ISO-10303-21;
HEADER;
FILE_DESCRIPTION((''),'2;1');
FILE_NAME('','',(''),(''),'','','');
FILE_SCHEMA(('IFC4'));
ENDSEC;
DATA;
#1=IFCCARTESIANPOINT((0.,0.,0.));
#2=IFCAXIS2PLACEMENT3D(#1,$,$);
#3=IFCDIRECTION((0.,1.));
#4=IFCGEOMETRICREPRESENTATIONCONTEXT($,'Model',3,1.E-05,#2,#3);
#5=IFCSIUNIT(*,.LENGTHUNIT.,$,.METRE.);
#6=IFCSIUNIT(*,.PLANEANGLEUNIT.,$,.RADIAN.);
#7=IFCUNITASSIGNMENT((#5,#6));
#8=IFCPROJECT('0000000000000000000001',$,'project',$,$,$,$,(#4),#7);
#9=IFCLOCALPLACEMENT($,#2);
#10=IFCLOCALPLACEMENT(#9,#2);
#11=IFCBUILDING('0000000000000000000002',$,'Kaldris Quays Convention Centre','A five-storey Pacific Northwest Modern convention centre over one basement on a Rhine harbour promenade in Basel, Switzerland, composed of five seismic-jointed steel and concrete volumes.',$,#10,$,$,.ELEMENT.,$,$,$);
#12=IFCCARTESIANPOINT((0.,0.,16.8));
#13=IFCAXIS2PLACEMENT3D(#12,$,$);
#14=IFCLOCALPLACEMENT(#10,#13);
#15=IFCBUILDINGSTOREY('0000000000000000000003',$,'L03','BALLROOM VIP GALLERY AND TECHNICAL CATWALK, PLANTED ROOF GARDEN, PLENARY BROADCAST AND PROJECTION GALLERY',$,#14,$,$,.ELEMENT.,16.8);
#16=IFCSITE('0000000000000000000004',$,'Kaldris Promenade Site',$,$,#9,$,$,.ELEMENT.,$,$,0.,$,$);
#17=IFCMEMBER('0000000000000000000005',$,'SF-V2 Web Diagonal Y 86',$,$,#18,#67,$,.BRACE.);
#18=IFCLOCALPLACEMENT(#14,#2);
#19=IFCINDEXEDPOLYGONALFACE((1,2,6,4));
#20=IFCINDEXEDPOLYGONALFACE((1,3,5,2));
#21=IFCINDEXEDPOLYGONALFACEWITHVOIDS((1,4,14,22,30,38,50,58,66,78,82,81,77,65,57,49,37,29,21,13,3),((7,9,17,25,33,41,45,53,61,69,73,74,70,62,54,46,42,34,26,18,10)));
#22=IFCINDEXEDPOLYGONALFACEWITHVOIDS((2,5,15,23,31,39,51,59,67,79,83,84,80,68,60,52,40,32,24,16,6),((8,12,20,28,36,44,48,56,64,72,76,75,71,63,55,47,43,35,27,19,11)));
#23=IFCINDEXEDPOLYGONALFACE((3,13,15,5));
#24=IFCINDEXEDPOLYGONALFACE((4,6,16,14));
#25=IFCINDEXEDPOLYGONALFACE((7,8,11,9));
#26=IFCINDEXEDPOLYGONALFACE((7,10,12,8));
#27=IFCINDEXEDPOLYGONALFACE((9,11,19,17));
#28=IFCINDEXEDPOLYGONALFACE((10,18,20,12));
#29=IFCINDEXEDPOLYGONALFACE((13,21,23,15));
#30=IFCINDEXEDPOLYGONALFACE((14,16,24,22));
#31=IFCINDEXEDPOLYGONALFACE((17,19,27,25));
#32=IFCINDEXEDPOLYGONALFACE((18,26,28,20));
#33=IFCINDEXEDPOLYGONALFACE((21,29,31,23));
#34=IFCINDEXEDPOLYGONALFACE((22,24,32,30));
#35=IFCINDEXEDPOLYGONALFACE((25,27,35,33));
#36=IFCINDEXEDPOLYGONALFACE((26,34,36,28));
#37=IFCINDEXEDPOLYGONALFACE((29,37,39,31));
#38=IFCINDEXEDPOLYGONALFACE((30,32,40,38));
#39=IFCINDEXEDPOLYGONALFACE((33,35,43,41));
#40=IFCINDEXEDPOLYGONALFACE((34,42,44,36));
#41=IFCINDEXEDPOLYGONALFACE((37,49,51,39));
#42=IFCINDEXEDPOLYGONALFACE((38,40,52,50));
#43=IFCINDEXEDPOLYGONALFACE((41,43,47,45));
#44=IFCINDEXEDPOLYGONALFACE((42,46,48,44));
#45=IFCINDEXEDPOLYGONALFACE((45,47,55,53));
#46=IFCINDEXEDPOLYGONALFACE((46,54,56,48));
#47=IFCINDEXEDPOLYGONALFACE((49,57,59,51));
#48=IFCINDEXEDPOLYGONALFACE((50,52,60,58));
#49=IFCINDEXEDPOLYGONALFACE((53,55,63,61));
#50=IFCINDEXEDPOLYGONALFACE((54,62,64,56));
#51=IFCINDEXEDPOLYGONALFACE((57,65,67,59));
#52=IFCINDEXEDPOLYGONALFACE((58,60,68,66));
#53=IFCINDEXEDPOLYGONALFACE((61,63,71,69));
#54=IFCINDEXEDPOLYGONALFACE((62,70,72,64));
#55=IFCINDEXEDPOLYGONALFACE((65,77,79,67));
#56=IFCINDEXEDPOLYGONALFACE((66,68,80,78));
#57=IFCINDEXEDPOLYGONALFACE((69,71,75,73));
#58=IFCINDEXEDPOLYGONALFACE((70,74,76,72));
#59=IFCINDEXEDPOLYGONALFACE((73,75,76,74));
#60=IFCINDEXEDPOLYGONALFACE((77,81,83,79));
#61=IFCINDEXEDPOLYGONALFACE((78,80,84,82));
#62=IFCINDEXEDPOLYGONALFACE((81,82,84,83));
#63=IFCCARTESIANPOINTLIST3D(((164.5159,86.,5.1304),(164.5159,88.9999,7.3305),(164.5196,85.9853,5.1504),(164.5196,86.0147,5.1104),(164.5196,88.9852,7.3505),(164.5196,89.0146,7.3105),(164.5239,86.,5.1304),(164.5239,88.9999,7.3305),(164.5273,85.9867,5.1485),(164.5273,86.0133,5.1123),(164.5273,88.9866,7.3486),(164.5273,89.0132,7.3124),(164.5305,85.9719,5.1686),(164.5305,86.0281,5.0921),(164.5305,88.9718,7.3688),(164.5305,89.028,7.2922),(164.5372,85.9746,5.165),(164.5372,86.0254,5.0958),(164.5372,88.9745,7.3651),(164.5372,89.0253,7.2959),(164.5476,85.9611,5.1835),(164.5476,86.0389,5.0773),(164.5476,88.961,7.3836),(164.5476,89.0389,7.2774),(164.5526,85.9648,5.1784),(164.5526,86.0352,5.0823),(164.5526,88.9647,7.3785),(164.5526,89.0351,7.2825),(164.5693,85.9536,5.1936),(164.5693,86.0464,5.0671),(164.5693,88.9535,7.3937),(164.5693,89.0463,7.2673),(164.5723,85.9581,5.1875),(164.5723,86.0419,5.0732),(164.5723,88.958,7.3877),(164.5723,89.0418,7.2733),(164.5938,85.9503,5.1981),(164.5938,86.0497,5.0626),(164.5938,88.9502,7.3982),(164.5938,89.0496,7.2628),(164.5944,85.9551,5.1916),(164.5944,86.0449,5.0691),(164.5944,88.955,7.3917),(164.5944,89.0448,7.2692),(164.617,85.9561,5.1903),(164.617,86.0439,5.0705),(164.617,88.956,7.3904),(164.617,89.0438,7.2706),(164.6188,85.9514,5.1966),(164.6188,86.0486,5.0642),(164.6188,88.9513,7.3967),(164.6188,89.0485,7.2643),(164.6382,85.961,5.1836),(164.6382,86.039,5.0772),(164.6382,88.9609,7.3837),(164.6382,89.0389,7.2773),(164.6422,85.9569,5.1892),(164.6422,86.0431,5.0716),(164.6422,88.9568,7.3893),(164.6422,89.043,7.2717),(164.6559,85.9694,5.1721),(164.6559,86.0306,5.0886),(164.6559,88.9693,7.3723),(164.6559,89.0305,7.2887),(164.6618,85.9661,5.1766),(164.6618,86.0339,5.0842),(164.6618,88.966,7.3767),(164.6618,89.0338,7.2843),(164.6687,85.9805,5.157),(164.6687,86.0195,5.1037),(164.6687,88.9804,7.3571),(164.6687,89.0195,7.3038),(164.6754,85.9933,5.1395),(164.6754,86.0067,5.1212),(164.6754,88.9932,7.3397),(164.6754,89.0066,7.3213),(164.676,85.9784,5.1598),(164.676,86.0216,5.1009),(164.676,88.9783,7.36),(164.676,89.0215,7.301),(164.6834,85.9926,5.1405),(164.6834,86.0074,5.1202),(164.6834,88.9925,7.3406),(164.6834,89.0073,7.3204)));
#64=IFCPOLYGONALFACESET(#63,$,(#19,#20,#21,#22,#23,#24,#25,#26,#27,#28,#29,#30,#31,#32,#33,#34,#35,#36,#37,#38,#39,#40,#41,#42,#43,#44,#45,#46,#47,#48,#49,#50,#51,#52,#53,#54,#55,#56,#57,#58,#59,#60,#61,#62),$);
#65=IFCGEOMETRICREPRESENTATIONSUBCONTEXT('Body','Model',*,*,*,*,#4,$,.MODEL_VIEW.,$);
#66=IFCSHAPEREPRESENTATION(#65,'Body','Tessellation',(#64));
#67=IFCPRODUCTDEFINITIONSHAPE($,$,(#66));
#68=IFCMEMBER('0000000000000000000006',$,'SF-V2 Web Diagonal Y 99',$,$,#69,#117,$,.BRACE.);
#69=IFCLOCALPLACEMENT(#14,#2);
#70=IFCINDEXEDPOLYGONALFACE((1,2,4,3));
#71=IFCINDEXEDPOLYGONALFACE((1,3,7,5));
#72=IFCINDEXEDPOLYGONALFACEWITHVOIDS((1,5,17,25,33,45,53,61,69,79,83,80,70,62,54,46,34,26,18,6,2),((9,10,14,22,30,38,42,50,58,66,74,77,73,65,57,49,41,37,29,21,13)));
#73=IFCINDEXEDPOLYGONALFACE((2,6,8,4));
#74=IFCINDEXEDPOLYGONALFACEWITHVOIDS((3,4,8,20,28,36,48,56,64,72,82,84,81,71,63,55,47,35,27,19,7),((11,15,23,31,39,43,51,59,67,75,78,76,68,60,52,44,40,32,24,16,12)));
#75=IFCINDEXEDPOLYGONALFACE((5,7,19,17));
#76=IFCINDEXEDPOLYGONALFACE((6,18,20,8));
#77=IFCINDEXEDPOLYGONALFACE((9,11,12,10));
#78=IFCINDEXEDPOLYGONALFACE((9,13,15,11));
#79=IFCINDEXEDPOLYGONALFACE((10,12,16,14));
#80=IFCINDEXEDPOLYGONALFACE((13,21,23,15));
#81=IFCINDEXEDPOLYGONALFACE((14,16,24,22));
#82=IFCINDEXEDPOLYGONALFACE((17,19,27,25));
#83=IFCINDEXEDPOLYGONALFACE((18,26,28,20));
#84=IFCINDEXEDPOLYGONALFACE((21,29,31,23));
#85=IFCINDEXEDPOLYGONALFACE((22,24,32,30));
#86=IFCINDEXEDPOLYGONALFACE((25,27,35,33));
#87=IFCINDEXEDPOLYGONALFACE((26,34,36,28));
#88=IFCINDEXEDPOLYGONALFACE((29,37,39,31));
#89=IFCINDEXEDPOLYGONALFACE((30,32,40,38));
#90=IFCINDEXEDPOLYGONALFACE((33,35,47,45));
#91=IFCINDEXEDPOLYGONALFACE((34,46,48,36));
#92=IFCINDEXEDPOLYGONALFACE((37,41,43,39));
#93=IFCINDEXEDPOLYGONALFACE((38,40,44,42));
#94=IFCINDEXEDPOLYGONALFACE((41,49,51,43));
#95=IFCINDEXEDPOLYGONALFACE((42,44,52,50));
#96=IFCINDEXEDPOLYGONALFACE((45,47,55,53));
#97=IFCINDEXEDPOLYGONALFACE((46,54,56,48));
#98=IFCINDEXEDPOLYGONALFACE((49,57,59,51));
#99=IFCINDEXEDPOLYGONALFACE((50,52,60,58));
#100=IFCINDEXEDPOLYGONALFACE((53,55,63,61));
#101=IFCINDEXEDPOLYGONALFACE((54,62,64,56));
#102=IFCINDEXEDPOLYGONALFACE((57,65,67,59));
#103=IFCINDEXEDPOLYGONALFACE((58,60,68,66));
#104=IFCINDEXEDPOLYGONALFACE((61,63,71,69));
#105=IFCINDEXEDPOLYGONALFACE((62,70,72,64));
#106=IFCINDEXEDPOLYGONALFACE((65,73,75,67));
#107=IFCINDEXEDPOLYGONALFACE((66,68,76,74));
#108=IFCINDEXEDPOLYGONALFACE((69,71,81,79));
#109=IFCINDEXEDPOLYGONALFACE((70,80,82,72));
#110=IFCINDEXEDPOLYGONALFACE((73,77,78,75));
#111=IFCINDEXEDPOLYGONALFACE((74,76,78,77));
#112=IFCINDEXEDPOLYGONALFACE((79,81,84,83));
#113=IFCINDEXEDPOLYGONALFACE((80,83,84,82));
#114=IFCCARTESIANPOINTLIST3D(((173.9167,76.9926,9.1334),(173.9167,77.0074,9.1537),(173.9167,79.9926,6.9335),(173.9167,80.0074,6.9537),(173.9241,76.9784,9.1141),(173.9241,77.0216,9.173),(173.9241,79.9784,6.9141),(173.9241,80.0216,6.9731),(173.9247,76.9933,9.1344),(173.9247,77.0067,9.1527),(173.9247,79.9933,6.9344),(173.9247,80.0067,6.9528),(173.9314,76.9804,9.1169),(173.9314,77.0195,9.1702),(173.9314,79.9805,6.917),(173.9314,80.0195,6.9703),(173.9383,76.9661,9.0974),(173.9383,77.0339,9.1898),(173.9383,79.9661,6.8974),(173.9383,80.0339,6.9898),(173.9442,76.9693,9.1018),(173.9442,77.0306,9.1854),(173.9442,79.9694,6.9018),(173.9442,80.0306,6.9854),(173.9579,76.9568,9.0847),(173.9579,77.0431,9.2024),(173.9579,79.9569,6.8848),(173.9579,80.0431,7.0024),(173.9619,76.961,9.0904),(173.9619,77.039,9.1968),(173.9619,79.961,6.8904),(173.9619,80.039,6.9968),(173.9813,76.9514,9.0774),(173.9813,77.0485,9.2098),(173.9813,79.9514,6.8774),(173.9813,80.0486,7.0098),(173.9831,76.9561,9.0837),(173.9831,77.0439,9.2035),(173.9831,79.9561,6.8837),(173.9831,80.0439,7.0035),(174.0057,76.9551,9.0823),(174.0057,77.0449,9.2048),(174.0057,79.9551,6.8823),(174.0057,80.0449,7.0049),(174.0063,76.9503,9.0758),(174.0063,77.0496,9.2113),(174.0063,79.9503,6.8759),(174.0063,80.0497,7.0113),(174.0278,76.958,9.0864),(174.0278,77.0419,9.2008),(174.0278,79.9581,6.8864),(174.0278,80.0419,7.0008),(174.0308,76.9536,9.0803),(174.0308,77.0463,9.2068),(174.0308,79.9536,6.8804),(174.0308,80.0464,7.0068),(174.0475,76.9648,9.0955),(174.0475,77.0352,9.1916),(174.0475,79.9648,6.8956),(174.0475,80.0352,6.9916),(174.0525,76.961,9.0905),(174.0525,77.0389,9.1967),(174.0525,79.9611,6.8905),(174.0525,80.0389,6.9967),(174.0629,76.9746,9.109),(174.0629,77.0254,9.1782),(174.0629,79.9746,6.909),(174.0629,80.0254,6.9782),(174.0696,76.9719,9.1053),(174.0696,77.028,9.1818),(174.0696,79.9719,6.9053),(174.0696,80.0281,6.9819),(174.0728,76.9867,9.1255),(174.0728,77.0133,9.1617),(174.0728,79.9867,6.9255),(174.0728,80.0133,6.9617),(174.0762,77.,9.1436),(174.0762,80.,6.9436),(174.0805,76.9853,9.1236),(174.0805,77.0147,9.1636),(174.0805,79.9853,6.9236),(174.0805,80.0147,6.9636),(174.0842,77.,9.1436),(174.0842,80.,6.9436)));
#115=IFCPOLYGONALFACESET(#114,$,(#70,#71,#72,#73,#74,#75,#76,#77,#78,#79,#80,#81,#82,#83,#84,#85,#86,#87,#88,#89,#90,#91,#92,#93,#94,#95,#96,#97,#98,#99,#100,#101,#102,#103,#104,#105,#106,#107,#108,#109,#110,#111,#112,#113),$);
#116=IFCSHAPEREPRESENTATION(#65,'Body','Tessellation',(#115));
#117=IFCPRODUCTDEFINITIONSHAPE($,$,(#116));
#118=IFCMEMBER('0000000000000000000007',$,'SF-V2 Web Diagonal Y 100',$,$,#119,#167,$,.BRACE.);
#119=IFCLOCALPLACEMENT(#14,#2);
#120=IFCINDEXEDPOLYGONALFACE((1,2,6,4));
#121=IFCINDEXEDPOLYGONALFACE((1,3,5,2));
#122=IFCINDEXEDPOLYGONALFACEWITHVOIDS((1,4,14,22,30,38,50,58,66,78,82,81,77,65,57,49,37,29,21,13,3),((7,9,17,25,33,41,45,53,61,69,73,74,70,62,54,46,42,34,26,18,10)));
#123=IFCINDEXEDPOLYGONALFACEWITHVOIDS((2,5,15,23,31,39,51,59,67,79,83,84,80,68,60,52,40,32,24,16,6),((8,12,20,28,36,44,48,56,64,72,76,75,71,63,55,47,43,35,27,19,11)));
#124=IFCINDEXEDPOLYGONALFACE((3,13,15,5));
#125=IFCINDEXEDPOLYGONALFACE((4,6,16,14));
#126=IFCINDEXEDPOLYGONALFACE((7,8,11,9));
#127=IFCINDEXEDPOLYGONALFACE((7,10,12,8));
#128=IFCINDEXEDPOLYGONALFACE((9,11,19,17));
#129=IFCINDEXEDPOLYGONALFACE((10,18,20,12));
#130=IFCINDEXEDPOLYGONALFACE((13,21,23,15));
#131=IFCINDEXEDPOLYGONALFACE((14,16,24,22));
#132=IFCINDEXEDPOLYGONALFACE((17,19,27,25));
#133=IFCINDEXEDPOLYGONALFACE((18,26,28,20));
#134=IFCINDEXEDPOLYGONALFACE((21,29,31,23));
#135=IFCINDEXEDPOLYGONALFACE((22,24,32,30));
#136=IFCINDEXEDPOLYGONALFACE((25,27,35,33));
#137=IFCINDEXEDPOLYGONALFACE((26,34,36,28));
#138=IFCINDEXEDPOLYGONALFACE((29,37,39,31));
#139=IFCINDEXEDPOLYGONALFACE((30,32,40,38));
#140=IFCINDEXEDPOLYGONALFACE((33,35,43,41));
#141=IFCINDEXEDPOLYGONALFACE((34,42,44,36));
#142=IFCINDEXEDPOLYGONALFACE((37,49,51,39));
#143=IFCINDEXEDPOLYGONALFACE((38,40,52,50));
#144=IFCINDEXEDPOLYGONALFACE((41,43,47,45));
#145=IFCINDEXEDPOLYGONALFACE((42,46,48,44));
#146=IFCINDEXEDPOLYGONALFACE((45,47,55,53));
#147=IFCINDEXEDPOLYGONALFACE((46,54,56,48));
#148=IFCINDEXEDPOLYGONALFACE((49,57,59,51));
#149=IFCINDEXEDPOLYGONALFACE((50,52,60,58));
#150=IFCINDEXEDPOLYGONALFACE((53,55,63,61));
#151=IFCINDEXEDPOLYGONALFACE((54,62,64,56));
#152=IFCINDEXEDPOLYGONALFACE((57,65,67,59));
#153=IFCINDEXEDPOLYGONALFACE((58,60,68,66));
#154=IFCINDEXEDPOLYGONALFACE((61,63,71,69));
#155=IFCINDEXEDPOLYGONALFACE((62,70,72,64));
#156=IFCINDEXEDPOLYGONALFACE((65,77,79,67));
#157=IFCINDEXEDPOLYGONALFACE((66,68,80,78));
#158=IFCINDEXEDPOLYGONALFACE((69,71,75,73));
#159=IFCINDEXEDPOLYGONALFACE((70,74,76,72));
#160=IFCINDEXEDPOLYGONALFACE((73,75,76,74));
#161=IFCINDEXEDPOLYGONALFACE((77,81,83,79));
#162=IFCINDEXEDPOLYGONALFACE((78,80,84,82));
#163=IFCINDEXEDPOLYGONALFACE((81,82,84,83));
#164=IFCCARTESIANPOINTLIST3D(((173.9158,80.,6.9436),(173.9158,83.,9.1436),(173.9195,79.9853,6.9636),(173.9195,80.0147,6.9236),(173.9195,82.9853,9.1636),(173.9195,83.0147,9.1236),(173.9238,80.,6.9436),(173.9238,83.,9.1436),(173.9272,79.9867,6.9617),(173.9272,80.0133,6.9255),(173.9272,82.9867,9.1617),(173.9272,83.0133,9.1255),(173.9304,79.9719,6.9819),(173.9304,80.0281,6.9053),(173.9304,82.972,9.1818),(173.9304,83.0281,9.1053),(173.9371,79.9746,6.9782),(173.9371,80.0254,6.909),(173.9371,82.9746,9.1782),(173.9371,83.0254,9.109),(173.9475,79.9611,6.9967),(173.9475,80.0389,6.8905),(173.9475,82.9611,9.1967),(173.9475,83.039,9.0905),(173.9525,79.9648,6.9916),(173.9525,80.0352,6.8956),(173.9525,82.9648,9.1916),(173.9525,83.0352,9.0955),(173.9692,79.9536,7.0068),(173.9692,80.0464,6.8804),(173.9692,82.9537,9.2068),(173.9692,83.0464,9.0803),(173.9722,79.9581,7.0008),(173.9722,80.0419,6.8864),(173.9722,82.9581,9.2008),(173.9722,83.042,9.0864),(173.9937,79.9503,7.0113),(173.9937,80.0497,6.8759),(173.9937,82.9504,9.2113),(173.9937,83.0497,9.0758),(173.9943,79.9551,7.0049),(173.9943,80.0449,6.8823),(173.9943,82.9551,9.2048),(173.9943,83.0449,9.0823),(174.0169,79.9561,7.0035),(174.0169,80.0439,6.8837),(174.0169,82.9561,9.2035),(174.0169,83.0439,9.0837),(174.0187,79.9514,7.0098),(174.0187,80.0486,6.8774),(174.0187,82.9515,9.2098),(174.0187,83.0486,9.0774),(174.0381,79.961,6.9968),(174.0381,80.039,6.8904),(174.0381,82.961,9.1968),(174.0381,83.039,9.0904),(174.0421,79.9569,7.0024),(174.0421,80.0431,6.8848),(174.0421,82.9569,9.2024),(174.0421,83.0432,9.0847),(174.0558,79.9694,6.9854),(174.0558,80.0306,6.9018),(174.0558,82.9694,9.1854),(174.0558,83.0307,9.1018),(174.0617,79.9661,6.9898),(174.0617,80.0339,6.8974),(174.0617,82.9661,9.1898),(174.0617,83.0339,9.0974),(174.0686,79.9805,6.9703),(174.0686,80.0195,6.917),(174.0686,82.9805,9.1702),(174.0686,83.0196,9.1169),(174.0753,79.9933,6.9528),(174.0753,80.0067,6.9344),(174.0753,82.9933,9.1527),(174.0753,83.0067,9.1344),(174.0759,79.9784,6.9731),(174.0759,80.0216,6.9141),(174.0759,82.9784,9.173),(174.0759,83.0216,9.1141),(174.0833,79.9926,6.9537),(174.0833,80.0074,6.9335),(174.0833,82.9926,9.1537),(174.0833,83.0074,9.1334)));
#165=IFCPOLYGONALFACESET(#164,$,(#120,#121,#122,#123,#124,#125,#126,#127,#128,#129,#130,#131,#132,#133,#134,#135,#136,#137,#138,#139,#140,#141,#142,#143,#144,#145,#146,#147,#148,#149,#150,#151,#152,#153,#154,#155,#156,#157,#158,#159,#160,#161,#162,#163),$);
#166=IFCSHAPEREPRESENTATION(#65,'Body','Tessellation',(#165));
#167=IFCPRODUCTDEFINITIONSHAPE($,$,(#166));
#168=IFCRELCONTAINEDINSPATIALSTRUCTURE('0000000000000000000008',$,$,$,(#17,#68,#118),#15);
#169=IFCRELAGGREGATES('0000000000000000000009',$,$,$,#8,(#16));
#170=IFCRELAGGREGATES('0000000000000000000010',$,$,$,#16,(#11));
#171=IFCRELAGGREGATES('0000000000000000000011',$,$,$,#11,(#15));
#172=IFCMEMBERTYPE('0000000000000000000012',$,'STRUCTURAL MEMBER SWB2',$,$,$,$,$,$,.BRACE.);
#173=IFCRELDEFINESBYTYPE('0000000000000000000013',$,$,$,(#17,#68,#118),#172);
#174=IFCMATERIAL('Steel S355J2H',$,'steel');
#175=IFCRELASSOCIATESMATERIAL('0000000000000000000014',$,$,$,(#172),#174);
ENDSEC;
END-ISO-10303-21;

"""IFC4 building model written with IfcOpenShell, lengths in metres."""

from ifc_helpers import new_model, si_unit, direction, frame, origin, origin_2d, place, context, subcontext, project, spatial, hollow_circle, extrude, material, material_profile, profile_set, type_object, element, save


model = new_model("IFC4")

# Units and contexts
model_context = context("Model", 3, precision=1e-05, world=origin(), true_north=direction((0.0, 1.0)))
body_context = subcontext(model_context, "Body", "Model", "MODEL_VIEW")
ifc_project = project(units=[si_unit("LENGTHUNIT", "METRE"), si_unit("PLANEANGLEUNIT", "RADIAN")], contexts=[model_context])

# Site, building, storey
site_placement = place(None, origin())
site = spatial("IfcSite", under=ifc_project, at=site_placement, Name="Kaldris Promenade Site", CompositionType="ELEMENT", RefElevation=0.0)
building_placement = place(site_placement, origin())
building = spatial("IfcBuilding", under=site, at=building_placement, Name="Kaldris Quays Convention Centre", Description="A five-storey Pacific Northwest Modern convention centre over one basement on a Rhine harbour promenade in Basel, Switzerland, composed of five seismic-jointed steel and concrete volumes.", CompositionType="ELEMENT")
storey_placement = place(building_placement, frame((0.0, 0.0, 16.8)))
storey = spatial("IfcBuildingStorey", under=building, at=storey_placement, Name="L03", Description="BALLROOM VIP GALLERY AND TECHNICAL CATWALK, PLANTED ROOF GARDEN, PLENARY BROADCAST AND PROJECTION GALLERY", CompositionType="ELEMENT", Elevation=16.8)

# Members
ifc_material_1 = material(Name="Steel S355J2H", Category="steel")
ifc_material_profile_1 = material_profile(ifc_material_1, hollow_circle(Radius=0.0842, WallThickness=0.0081, at=origin_2d()), Name="CHS 168.3x8")
ifc_profile_set_1 = profile_set([ifc_material_profile_1], Name="Steel S355J2H")
member_type_1 = type_object("IfcMemberType", Name="STRUCTURAL MEMBER SWB2", PredefinedType="BRACE", material=ifc_profile_set_1)
for number, where, z_axis, x_axis, name in (
    (1, (164.6001, 86.0, 5.1304), (0.0, 0.80638, 0.591398), (-1.0, 0.0, 0.0), "SF-V2 Web Diagonal Y 86"),
    (2, (174.0, 80.0, 6.9436), (0.0, -0.806411, 0.591355), (1.0, 0.0, 0.0), "SF-V2 Web Diagonal Y 99"),
    (3, (174.0, 80.0, 6.9436), (0.0, 0.806411, 0.591355), (-1.0, 0.0, 0.0), "SF-V2 Web Diagonal Y 100"),
):
    element("IfcMember", number, at=place(storey_placement, frame(where, z_axis=z_axis, x_axis=x_axis)), inside=storey, type_object=member_type_1, Name=name, PredefinedType="BRACE", context=body_context, shape_type="SweptSolid", body=[
        extrude(hollow_circle(Radius=0.0842, WallThickness=0.0081, at=origin_2d()), origin(), (0.0, 0.0, 1.0), 3.7202),
    ])

save(model, "model.ifc")
